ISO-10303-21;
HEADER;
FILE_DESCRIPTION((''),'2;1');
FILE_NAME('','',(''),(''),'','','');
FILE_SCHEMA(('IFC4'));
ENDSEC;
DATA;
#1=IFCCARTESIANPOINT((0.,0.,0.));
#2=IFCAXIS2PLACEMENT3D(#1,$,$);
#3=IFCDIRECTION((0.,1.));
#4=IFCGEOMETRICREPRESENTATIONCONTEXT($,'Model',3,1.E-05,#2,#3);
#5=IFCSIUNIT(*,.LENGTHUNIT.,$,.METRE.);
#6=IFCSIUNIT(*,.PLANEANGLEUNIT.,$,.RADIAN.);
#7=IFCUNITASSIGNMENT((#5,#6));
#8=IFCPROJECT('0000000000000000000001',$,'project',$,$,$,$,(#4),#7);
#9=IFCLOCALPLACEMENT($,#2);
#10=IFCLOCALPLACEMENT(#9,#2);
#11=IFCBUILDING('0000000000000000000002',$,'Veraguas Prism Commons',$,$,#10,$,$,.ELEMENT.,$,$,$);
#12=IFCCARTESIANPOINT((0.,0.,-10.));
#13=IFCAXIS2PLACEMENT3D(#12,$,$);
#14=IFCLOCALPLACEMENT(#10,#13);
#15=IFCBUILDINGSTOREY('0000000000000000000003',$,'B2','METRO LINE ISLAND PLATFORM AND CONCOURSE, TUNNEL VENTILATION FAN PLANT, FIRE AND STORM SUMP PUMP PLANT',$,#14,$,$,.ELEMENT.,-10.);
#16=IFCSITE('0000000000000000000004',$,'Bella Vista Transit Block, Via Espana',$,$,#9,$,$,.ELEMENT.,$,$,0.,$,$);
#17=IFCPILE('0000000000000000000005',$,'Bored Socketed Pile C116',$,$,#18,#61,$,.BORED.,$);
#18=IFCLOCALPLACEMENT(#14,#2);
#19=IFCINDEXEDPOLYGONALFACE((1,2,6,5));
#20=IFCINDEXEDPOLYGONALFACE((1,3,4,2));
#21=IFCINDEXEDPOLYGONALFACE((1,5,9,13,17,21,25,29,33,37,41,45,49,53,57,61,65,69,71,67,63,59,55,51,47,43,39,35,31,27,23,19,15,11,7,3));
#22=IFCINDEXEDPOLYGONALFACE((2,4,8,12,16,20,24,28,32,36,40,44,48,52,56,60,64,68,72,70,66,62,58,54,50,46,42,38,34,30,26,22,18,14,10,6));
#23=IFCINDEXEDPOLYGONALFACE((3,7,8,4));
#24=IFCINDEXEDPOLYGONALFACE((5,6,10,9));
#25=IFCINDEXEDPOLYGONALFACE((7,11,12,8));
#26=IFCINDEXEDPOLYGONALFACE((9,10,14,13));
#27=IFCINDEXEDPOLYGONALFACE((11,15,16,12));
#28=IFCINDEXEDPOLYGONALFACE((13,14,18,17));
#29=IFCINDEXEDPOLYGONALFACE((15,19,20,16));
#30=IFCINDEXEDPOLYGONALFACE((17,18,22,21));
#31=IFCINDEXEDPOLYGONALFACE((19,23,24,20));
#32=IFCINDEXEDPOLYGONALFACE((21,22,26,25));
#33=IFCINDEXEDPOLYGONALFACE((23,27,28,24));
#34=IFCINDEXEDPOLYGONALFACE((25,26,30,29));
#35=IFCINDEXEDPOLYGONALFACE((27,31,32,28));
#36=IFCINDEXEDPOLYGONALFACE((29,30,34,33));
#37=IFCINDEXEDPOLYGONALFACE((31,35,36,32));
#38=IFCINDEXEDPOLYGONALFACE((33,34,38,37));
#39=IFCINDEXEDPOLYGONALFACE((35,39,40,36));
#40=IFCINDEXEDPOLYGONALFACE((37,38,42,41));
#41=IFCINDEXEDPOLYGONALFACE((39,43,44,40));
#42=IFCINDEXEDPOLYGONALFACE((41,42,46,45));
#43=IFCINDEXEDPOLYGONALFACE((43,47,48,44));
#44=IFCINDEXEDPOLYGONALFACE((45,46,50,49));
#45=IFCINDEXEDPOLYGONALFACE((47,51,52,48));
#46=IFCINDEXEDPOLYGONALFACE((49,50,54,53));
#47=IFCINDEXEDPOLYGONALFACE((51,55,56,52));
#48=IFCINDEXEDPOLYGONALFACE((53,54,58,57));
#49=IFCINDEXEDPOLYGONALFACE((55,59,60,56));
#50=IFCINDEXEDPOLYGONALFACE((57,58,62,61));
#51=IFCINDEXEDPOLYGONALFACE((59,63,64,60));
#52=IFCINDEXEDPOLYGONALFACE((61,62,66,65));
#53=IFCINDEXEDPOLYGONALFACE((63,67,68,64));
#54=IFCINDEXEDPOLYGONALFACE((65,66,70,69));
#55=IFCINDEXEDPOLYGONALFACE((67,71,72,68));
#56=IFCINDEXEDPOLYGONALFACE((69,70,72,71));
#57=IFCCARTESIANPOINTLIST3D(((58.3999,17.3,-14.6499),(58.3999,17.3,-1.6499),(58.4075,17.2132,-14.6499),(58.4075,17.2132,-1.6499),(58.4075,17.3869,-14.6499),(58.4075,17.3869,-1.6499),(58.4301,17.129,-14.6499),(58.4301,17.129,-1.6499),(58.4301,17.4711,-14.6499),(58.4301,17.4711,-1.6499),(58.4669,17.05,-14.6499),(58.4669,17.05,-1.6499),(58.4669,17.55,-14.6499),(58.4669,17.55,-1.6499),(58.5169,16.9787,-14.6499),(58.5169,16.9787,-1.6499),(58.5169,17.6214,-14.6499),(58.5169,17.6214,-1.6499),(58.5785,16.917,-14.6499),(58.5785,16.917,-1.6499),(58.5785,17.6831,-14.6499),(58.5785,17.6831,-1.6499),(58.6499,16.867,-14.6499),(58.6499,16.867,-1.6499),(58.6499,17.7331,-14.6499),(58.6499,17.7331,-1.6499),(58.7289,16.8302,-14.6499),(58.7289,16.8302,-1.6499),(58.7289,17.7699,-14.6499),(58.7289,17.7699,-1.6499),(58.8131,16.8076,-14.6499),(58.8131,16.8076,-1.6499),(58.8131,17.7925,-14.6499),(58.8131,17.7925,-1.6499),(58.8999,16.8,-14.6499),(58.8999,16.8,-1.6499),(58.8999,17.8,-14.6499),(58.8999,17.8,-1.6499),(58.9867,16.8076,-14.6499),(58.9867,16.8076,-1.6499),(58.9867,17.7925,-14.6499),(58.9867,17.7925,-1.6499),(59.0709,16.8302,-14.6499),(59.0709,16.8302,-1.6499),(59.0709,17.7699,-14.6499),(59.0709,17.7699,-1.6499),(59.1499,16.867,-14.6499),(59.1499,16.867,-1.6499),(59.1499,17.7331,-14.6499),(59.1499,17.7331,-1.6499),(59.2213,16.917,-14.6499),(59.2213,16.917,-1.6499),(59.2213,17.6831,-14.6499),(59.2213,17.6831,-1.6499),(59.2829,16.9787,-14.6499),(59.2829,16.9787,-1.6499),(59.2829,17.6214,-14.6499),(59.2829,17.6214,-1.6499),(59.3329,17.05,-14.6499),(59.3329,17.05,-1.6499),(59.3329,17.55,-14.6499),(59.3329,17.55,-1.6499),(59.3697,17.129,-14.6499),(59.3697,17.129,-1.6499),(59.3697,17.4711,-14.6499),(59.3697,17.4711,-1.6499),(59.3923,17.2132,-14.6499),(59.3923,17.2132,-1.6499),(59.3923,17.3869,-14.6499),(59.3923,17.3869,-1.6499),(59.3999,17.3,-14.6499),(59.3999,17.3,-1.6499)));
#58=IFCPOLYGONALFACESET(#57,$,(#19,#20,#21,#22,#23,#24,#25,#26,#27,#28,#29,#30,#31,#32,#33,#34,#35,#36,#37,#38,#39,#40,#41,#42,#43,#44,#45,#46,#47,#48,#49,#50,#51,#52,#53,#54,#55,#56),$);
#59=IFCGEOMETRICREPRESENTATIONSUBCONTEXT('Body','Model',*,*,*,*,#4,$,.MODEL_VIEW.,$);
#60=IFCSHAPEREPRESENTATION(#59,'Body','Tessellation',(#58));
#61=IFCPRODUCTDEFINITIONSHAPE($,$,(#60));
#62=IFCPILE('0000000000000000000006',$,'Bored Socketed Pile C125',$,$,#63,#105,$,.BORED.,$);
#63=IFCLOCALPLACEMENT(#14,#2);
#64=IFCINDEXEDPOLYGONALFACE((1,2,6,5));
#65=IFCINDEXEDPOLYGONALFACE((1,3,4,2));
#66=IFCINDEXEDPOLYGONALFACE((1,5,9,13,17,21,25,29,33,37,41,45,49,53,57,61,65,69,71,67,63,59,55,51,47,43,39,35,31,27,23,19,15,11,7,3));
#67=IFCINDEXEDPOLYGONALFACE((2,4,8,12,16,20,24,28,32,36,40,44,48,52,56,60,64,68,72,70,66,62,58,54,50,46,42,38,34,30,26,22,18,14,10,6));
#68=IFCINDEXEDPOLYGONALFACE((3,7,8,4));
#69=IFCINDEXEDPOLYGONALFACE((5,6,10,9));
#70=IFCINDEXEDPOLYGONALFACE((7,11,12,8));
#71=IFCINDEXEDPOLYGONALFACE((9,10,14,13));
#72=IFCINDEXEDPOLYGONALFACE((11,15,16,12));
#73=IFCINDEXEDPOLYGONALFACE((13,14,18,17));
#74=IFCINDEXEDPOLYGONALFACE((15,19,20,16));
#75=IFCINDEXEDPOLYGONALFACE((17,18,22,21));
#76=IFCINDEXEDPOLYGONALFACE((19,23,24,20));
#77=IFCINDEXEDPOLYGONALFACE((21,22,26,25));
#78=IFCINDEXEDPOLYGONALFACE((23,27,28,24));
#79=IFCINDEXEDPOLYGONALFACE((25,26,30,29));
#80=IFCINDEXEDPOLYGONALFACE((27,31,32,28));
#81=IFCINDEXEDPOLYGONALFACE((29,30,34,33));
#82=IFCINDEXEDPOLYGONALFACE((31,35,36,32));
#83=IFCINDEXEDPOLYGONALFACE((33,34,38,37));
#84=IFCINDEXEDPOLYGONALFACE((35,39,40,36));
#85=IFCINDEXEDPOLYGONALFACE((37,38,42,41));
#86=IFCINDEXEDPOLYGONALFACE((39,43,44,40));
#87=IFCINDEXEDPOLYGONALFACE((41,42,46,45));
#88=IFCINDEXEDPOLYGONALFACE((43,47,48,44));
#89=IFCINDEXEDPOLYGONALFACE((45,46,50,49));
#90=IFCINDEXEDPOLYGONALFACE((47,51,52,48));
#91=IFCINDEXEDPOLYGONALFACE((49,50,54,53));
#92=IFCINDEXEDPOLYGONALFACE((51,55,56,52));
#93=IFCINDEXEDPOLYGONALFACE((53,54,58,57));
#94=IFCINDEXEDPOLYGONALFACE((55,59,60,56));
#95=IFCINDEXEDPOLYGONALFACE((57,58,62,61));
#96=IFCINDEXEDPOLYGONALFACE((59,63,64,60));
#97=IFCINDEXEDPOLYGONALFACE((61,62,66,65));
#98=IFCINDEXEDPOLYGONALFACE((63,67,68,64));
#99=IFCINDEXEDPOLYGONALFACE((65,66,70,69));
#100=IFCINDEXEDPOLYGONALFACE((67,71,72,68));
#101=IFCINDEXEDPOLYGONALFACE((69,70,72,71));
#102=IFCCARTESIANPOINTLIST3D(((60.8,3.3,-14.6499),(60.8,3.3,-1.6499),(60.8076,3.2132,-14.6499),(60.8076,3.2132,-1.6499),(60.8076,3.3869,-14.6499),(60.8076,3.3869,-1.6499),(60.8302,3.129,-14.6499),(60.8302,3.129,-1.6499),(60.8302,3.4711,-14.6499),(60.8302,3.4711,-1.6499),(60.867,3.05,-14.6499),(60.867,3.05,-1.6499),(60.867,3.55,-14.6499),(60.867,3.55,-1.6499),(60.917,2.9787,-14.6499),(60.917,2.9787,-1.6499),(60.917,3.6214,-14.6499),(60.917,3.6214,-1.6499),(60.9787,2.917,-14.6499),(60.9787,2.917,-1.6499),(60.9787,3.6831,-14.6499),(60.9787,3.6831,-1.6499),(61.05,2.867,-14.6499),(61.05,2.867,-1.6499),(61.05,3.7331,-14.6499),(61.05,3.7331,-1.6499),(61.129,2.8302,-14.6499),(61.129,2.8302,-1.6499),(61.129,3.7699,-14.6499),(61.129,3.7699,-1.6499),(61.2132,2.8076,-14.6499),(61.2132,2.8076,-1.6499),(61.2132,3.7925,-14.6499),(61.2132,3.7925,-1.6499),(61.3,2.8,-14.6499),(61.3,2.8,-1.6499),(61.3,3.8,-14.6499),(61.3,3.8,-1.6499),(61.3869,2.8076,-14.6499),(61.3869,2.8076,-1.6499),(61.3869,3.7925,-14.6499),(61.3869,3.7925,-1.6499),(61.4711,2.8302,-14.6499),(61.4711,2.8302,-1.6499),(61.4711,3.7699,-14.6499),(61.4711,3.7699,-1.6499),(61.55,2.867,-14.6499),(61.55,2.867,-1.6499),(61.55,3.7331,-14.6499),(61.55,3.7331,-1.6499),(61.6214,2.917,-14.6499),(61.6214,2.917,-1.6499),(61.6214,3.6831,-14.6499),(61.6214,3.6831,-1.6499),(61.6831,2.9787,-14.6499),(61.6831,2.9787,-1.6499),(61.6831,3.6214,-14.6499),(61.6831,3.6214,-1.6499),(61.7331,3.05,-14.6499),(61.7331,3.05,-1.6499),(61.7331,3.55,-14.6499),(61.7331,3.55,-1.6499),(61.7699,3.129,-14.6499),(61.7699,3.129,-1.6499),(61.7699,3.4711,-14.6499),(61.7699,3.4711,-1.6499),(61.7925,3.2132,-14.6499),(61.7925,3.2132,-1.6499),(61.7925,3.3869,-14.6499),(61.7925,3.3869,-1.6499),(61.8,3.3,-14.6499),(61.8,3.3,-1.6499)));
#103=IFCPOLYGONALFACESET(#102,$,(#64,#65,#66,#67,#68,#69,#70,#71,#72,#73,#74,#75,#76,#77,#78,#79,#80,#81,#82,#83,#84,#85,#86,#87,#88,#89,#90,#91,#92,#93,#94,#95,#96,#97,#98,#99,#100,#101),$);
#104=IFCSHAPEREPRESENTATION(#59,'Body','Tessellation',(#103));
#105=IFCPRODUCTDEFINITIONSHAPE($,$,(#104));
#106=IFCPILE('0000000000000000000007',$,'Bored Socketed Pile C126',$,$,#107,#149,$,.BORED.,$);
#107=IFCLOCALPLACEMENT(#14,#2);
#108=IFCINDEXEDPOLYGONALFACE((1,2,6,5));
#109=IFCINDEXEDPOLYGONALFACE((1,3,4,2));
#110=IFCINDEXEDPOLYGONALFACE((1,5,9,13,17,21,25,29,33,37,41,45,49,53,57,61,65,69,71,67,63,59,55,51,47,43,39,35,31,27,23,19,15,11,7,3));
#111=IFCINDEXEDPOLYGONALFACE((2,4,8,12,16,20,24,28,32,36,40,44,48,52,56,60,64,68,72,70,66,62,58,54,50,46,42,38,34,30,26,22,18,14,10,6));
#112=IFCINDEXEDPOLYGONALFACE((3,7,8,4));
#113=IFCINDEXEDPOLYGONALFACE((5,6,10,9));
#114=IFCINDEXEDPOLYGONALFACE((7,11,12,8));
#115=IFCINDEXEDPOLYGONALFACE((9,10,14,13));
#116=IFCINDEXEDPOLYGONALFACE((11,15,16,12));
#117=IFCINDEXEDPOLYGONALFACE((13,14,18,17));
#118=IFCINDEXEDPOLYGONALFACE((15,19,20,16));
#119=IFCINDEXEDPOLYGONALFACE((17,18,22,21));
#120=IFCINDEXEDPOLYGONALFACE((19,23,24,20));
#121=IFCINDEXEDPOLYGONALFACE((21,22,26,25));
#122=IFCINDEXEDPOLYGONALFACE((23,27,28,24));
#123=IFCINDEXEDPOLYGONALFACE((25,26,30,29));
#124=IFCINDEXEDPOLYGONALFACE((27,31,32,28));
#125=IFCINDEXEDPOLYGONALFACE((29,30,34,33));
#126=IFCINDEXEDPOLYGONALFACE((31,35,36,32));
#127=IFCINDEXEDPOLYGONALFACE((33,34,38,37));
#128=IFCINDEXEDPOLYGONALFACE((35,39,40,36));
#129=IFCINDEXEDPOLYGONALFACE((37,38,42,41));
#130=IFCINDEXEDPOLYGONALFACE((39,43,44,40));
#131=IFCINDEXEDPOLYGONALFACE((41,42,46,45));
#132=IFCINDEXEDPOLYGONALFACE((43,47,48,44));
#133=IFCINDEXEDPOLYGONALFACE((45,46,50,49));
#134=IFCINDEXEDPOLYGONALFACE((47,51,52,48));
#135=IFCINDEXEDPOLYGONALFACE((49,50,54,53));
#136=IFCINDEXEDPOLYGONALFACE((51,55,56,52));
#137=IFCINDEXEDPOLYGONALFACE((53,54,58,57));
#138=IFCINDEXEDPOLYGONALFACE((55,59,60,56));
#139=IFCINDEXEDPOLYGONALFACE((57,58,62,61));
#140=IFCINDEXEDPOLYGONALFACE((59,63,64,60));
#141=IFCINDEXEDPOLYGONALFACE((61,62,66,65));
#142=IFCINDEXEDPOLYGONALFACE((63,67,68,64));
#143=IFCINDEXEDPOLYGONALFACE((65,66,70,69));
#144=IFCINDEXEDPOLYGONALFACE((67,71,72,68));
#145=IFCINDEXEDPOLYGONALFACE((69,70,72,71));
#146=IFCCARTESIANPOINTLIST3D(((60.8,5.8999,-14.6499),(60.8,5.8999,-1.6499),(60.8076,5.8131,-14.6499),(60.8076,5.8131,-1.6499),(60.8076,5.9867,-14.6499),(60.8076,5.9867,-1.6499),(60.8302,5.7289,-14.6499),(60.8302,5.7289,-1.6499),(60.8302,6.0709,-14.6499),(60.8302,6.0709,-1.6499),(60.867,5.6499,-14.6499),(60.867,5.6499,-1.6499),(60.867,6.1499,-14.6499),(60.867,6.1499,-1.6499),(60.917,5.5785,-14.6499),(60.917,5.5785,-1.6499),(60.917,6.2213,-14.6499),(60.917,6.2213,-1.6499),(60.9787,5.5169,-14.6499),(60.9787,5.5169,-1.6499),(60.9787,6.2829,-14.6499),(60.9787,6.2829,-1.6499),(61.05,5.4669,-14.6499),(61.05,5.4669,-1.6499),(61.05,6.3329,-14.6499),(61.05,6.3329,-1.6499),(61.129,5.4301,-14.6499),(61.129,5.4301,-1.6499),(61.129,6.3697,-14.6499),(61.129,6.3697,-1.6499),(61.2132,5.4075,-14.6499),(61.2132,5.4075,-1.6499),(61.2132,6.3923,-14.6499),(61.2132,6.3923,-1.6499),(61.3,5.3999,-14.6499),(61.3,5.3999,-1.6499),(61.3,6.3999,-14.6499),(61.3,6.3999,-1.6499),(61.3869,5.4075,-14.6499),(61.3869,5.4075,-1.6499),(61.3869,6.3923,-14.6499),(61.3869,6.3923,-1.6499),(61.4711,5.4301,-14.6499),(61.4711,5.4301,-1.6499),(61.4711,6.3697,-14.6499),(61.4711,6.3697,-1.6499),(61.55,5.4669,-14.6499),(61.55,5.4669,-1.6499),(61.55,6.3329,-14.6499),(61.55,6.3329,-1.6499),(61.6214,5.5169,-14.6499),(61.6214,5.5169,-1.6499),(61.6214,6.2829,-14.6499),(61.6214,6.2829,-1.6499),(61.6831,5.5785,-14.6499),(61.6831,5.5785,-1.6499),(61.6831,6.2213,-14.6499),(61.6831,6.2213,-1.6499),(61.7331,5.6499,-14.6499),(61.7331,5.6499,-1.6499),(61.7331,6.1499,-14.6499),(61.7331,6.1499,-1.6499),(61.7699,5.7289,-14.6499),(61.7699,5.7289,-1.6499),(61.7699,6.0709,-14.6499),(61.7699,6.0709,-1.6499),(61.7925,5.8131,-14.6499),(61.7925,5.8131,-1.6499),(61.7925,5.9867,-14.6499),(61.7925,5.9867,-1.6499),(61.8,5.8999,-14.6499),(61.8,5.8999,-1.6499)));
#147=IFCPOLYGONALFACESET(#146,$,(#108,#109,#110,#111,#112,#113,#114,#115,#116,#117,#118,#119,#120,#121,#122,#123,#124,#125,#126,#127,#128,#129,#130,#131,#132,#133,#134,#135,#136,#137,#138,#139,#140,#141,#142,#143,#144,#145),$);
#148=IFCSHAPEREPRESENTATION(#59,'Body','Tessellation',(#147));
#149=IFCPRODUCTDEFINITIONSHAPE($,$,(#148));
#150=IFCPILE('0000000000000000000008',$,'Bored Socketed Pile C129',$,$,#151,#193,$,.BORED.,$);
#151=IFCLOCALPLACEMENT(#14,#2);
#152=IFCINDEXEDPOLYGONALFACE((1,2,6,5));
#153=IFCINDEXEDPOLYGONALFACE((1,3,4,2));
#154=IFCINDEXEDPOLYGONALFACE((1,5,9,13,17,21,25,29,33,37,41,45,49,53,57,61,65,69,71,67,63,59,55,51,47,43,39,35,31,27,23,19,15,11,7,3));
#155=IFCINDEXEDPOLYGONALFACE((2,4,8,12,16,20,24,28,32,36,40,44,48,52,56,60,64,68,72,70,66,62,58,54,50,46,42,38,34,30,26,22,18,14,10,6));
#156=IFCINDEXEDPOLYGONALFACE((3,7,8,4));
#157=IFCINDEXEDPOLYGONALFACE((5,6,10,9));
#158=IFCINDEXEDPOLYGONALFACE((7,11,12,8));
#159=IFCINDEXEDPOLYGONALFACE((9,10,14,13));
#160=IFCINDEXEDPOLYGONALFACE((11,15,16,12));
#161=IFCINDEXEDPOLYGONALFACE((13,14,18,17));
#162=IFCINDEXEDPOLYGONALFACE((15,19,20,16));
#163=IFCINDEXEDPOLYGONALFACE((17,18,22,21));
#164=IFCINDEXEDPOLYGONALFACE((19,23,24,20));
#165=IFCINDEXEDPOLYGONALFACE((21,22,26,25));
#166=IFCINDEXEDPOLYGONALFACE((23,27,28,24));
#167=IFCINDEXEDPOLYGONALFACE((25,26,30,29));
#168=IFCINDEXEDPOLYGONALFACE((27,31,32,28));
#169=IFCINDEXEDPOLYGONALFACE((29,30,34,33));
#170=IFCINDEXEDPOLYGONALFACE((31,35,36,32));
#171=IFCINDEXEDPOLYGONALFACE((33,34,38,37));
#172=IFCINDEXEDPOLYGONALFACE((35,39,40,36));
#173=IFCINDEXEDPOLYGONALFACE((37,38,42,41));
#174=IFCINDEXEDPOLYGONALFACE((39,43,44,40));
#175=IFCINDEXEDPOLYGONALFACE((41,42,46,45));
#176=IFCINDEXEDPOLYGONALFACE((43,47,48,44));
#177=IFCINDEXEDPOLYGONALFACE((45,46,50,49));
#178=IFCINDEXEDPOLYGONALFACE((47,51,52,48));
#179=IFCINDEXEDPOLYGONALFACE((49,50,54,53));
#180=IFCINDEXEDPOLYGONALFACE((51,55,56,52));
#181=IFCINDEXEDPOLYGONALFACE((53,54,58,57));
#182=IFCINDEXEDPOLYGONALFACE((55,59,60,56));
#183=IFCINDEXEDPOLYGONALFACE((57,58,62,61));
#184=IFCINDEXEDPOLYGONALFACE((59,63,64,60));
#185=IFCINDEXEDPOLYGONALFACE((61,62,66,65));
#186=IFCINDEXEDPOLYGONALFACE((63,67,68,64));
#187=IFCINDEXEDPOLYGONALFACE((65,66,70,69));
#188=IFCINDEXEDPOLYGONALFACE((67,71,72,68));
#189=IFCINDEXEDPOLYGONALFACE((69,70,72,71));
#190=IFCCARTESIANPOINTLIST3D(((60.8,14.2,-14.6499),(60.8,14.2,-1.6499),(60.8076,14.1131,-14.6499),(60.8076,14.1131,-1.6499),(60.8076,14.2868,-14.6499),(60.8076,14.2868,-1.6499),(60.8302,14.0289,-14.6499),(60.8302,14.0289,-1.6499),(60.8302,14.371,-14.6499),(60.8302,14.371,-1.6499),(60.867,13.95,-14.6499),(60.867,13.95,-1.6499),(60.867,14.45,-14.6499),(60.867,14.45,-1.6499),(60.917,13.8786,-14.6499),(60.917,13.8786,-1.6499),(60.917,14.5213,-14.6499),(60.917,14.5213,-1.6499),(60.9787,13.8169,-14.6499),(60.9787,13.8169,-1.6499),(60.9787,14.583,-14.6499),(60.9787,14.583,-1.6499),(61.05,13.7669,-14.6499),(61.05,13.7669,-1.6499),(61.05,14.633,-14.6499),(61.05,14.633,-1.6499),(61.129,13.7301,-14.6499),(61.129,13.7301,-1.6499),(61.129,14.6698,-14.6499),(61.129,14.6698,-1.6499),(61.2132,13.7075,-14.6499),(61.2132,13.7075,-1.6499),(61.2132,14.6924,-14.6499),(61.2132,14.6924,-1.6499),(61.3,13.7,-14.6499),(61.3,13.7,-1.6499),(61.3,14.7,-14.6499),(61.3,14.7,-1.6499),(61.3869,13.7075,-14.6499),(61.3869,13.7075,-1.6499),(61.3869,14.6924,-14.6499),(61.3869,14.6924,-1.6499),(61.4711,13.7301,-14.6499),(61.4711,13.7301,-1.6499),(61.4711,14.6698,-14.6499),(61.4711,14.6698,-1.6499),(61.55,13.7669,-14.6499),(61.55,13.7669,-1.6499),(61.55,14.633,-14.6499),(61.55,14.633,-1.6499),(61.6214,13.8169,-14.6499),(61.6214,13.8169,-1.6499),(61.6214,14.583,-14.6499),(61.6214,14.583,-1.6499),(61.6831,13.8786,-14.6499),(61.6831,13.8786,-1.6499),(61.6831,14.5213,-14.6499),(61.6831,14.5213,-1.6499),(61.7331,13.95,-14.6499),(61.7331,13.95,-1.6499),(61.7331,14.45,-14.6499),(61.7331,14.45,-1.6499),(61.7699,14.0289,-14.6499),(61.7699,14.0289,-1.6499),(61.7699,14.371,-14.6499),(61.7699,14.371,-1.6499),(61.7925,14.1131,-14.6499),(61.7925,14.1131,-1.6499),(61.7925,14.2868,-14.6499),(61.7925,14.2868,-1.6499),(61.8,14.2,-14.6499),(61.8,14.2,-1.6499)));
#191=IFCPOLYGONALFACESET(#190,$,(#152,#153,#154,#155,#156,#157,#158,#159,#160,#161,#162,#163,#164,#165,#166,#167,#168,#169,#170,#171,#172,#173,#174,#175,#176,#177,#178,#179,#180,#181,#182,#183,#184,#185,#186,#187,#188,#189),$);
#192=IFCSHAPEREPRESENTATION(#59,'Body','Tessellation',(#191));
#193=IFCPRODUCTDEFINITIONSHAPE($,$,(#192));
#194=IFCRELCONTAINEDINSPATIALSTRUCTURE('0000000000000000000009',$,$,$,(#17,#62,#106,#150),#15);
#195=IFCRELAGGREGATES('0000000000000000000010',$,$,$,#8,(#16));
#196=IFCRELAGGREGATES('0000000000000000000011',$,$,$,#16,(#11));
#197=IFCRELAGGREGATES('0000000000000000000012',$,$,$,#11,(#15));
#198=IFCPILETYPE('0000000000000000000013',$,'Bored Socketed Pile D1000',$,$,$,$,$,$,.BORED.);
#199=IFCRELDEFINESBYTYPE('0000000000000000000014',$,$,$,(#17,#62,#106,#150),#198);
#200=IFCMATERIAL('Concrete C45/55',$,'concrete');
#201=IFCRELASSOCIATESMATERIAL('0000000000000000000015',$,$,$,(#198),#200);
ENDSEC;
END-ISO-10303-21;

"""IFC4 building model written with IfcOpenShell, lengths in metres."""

from ifc_helpers import new_model, si_unit, direction, frame, origin, origin_2d, place, context, subcontext, project, spatial, circle, extrude, source, transform, mapped, material, material_profile, profile_set, type_object, element, save


model = new_model("IFC4")

# Units and contexts
model_context = context("Model", 3, precision=1e-05, world=origin(), true_north=direction((0.0, 1.0)))
body_context = subcontext(model_context, "Body", "Model", "MODEL_VIEW")
ifc_project = project(units=[si_unit("LENGTHUNIT", "METRE"), si_unit("PLANEANGLEUNIT", "RADIAN")], contexts=[model_context])

# Site, building, storey
site_placement = place(None, origin())
site = spatial("IfcSite", under=ifc_project, at=site_placement, Name="Bella Vista Transit Block, Via Espana", CompositionType="ELEMENT", RefElevation=0.0)
building_placement = place(site_placement, origin())
building = spatial("IfcBuilding", under=site, at=building_placement, Name="Veraguas Prism Commons", CompositionType="ELEMENT")
storey_placement = place(building_placement, frame((0.0, 0.0, -10.0)))
storey = spatial("IfcBuildingStorey", under=building, at=storey_placement, Name="B2", Description="METRO LINE ISLAND PLATFORM AND CONCOURSE, TUNNEL VENTILATION FAN PLANT, FIRE AND STORM SUMP PUMP PLANT", CompositionType="ELEMENT", Elevation=-10.0)

# Shared definitions
ifc_material_1 = material(Name="Concrete C45/55", Category="concrete")

# Piles
ifc_material_profile_1 = material_profile(ifc_material_1, circle(Radius=0.5, at=origin_2d()), Name="PILE1000")
ifc_profile_set_1 = profile_set([ifc_material_profile_1], Name="Concrete C45/55")
pile_type = type_object("IfcPileType", Name="Bored Socketed Pile D1000", PredefinedType="BORED", material=ifc_profile_set_1)
shared_shape_1 = source(origin(), body_context, "Body", "SweptSolid", [
    extrude(circle(Radius=0.5, at=origin_2d()), origin(), (0.0, 0.0, 1.0), 13.0),
])
for number, where, z_axis, x_axis, name in (
    (1, (58.8999, 17.3, -1.6499), (0.0, 0.0, -1.0), (1.0, 0.0, 0.0), "Bored Socketed Pile C116"),
    (2, (61.3, 3.3, -1.6499), (0.0, 0.0, -1.0), (1.0, 0.0, 0.0), "Bored Socketed Pile C125"),
    (3, (61.3, 5.8999, -1.6499), (0.0, 0.0, -1.0), (1.0, 0.0, 0.0), "Bored Socketed Pile C126"),
    (4, (61.3, 14.2, -1.6499), (0.0, 0.0, -1.0), (1.0, 0.0, 0.0), "Bored Socketed Pile C129"),
):
    element("IfcPile", number, at=place(storey_placement, frame(where, z_axis=z_axis, x_axis=x_axis)), inside=storey, type_object=pile_type, Name=name, PredefinedType="BORED", context=body_context, shape_type="MappedRepresentation", body=[
        mapped(shared_shape_1, transform((0.0, 0.0, 0.0), scale=1.0)),
    ])

save(model, "model.ifc")
